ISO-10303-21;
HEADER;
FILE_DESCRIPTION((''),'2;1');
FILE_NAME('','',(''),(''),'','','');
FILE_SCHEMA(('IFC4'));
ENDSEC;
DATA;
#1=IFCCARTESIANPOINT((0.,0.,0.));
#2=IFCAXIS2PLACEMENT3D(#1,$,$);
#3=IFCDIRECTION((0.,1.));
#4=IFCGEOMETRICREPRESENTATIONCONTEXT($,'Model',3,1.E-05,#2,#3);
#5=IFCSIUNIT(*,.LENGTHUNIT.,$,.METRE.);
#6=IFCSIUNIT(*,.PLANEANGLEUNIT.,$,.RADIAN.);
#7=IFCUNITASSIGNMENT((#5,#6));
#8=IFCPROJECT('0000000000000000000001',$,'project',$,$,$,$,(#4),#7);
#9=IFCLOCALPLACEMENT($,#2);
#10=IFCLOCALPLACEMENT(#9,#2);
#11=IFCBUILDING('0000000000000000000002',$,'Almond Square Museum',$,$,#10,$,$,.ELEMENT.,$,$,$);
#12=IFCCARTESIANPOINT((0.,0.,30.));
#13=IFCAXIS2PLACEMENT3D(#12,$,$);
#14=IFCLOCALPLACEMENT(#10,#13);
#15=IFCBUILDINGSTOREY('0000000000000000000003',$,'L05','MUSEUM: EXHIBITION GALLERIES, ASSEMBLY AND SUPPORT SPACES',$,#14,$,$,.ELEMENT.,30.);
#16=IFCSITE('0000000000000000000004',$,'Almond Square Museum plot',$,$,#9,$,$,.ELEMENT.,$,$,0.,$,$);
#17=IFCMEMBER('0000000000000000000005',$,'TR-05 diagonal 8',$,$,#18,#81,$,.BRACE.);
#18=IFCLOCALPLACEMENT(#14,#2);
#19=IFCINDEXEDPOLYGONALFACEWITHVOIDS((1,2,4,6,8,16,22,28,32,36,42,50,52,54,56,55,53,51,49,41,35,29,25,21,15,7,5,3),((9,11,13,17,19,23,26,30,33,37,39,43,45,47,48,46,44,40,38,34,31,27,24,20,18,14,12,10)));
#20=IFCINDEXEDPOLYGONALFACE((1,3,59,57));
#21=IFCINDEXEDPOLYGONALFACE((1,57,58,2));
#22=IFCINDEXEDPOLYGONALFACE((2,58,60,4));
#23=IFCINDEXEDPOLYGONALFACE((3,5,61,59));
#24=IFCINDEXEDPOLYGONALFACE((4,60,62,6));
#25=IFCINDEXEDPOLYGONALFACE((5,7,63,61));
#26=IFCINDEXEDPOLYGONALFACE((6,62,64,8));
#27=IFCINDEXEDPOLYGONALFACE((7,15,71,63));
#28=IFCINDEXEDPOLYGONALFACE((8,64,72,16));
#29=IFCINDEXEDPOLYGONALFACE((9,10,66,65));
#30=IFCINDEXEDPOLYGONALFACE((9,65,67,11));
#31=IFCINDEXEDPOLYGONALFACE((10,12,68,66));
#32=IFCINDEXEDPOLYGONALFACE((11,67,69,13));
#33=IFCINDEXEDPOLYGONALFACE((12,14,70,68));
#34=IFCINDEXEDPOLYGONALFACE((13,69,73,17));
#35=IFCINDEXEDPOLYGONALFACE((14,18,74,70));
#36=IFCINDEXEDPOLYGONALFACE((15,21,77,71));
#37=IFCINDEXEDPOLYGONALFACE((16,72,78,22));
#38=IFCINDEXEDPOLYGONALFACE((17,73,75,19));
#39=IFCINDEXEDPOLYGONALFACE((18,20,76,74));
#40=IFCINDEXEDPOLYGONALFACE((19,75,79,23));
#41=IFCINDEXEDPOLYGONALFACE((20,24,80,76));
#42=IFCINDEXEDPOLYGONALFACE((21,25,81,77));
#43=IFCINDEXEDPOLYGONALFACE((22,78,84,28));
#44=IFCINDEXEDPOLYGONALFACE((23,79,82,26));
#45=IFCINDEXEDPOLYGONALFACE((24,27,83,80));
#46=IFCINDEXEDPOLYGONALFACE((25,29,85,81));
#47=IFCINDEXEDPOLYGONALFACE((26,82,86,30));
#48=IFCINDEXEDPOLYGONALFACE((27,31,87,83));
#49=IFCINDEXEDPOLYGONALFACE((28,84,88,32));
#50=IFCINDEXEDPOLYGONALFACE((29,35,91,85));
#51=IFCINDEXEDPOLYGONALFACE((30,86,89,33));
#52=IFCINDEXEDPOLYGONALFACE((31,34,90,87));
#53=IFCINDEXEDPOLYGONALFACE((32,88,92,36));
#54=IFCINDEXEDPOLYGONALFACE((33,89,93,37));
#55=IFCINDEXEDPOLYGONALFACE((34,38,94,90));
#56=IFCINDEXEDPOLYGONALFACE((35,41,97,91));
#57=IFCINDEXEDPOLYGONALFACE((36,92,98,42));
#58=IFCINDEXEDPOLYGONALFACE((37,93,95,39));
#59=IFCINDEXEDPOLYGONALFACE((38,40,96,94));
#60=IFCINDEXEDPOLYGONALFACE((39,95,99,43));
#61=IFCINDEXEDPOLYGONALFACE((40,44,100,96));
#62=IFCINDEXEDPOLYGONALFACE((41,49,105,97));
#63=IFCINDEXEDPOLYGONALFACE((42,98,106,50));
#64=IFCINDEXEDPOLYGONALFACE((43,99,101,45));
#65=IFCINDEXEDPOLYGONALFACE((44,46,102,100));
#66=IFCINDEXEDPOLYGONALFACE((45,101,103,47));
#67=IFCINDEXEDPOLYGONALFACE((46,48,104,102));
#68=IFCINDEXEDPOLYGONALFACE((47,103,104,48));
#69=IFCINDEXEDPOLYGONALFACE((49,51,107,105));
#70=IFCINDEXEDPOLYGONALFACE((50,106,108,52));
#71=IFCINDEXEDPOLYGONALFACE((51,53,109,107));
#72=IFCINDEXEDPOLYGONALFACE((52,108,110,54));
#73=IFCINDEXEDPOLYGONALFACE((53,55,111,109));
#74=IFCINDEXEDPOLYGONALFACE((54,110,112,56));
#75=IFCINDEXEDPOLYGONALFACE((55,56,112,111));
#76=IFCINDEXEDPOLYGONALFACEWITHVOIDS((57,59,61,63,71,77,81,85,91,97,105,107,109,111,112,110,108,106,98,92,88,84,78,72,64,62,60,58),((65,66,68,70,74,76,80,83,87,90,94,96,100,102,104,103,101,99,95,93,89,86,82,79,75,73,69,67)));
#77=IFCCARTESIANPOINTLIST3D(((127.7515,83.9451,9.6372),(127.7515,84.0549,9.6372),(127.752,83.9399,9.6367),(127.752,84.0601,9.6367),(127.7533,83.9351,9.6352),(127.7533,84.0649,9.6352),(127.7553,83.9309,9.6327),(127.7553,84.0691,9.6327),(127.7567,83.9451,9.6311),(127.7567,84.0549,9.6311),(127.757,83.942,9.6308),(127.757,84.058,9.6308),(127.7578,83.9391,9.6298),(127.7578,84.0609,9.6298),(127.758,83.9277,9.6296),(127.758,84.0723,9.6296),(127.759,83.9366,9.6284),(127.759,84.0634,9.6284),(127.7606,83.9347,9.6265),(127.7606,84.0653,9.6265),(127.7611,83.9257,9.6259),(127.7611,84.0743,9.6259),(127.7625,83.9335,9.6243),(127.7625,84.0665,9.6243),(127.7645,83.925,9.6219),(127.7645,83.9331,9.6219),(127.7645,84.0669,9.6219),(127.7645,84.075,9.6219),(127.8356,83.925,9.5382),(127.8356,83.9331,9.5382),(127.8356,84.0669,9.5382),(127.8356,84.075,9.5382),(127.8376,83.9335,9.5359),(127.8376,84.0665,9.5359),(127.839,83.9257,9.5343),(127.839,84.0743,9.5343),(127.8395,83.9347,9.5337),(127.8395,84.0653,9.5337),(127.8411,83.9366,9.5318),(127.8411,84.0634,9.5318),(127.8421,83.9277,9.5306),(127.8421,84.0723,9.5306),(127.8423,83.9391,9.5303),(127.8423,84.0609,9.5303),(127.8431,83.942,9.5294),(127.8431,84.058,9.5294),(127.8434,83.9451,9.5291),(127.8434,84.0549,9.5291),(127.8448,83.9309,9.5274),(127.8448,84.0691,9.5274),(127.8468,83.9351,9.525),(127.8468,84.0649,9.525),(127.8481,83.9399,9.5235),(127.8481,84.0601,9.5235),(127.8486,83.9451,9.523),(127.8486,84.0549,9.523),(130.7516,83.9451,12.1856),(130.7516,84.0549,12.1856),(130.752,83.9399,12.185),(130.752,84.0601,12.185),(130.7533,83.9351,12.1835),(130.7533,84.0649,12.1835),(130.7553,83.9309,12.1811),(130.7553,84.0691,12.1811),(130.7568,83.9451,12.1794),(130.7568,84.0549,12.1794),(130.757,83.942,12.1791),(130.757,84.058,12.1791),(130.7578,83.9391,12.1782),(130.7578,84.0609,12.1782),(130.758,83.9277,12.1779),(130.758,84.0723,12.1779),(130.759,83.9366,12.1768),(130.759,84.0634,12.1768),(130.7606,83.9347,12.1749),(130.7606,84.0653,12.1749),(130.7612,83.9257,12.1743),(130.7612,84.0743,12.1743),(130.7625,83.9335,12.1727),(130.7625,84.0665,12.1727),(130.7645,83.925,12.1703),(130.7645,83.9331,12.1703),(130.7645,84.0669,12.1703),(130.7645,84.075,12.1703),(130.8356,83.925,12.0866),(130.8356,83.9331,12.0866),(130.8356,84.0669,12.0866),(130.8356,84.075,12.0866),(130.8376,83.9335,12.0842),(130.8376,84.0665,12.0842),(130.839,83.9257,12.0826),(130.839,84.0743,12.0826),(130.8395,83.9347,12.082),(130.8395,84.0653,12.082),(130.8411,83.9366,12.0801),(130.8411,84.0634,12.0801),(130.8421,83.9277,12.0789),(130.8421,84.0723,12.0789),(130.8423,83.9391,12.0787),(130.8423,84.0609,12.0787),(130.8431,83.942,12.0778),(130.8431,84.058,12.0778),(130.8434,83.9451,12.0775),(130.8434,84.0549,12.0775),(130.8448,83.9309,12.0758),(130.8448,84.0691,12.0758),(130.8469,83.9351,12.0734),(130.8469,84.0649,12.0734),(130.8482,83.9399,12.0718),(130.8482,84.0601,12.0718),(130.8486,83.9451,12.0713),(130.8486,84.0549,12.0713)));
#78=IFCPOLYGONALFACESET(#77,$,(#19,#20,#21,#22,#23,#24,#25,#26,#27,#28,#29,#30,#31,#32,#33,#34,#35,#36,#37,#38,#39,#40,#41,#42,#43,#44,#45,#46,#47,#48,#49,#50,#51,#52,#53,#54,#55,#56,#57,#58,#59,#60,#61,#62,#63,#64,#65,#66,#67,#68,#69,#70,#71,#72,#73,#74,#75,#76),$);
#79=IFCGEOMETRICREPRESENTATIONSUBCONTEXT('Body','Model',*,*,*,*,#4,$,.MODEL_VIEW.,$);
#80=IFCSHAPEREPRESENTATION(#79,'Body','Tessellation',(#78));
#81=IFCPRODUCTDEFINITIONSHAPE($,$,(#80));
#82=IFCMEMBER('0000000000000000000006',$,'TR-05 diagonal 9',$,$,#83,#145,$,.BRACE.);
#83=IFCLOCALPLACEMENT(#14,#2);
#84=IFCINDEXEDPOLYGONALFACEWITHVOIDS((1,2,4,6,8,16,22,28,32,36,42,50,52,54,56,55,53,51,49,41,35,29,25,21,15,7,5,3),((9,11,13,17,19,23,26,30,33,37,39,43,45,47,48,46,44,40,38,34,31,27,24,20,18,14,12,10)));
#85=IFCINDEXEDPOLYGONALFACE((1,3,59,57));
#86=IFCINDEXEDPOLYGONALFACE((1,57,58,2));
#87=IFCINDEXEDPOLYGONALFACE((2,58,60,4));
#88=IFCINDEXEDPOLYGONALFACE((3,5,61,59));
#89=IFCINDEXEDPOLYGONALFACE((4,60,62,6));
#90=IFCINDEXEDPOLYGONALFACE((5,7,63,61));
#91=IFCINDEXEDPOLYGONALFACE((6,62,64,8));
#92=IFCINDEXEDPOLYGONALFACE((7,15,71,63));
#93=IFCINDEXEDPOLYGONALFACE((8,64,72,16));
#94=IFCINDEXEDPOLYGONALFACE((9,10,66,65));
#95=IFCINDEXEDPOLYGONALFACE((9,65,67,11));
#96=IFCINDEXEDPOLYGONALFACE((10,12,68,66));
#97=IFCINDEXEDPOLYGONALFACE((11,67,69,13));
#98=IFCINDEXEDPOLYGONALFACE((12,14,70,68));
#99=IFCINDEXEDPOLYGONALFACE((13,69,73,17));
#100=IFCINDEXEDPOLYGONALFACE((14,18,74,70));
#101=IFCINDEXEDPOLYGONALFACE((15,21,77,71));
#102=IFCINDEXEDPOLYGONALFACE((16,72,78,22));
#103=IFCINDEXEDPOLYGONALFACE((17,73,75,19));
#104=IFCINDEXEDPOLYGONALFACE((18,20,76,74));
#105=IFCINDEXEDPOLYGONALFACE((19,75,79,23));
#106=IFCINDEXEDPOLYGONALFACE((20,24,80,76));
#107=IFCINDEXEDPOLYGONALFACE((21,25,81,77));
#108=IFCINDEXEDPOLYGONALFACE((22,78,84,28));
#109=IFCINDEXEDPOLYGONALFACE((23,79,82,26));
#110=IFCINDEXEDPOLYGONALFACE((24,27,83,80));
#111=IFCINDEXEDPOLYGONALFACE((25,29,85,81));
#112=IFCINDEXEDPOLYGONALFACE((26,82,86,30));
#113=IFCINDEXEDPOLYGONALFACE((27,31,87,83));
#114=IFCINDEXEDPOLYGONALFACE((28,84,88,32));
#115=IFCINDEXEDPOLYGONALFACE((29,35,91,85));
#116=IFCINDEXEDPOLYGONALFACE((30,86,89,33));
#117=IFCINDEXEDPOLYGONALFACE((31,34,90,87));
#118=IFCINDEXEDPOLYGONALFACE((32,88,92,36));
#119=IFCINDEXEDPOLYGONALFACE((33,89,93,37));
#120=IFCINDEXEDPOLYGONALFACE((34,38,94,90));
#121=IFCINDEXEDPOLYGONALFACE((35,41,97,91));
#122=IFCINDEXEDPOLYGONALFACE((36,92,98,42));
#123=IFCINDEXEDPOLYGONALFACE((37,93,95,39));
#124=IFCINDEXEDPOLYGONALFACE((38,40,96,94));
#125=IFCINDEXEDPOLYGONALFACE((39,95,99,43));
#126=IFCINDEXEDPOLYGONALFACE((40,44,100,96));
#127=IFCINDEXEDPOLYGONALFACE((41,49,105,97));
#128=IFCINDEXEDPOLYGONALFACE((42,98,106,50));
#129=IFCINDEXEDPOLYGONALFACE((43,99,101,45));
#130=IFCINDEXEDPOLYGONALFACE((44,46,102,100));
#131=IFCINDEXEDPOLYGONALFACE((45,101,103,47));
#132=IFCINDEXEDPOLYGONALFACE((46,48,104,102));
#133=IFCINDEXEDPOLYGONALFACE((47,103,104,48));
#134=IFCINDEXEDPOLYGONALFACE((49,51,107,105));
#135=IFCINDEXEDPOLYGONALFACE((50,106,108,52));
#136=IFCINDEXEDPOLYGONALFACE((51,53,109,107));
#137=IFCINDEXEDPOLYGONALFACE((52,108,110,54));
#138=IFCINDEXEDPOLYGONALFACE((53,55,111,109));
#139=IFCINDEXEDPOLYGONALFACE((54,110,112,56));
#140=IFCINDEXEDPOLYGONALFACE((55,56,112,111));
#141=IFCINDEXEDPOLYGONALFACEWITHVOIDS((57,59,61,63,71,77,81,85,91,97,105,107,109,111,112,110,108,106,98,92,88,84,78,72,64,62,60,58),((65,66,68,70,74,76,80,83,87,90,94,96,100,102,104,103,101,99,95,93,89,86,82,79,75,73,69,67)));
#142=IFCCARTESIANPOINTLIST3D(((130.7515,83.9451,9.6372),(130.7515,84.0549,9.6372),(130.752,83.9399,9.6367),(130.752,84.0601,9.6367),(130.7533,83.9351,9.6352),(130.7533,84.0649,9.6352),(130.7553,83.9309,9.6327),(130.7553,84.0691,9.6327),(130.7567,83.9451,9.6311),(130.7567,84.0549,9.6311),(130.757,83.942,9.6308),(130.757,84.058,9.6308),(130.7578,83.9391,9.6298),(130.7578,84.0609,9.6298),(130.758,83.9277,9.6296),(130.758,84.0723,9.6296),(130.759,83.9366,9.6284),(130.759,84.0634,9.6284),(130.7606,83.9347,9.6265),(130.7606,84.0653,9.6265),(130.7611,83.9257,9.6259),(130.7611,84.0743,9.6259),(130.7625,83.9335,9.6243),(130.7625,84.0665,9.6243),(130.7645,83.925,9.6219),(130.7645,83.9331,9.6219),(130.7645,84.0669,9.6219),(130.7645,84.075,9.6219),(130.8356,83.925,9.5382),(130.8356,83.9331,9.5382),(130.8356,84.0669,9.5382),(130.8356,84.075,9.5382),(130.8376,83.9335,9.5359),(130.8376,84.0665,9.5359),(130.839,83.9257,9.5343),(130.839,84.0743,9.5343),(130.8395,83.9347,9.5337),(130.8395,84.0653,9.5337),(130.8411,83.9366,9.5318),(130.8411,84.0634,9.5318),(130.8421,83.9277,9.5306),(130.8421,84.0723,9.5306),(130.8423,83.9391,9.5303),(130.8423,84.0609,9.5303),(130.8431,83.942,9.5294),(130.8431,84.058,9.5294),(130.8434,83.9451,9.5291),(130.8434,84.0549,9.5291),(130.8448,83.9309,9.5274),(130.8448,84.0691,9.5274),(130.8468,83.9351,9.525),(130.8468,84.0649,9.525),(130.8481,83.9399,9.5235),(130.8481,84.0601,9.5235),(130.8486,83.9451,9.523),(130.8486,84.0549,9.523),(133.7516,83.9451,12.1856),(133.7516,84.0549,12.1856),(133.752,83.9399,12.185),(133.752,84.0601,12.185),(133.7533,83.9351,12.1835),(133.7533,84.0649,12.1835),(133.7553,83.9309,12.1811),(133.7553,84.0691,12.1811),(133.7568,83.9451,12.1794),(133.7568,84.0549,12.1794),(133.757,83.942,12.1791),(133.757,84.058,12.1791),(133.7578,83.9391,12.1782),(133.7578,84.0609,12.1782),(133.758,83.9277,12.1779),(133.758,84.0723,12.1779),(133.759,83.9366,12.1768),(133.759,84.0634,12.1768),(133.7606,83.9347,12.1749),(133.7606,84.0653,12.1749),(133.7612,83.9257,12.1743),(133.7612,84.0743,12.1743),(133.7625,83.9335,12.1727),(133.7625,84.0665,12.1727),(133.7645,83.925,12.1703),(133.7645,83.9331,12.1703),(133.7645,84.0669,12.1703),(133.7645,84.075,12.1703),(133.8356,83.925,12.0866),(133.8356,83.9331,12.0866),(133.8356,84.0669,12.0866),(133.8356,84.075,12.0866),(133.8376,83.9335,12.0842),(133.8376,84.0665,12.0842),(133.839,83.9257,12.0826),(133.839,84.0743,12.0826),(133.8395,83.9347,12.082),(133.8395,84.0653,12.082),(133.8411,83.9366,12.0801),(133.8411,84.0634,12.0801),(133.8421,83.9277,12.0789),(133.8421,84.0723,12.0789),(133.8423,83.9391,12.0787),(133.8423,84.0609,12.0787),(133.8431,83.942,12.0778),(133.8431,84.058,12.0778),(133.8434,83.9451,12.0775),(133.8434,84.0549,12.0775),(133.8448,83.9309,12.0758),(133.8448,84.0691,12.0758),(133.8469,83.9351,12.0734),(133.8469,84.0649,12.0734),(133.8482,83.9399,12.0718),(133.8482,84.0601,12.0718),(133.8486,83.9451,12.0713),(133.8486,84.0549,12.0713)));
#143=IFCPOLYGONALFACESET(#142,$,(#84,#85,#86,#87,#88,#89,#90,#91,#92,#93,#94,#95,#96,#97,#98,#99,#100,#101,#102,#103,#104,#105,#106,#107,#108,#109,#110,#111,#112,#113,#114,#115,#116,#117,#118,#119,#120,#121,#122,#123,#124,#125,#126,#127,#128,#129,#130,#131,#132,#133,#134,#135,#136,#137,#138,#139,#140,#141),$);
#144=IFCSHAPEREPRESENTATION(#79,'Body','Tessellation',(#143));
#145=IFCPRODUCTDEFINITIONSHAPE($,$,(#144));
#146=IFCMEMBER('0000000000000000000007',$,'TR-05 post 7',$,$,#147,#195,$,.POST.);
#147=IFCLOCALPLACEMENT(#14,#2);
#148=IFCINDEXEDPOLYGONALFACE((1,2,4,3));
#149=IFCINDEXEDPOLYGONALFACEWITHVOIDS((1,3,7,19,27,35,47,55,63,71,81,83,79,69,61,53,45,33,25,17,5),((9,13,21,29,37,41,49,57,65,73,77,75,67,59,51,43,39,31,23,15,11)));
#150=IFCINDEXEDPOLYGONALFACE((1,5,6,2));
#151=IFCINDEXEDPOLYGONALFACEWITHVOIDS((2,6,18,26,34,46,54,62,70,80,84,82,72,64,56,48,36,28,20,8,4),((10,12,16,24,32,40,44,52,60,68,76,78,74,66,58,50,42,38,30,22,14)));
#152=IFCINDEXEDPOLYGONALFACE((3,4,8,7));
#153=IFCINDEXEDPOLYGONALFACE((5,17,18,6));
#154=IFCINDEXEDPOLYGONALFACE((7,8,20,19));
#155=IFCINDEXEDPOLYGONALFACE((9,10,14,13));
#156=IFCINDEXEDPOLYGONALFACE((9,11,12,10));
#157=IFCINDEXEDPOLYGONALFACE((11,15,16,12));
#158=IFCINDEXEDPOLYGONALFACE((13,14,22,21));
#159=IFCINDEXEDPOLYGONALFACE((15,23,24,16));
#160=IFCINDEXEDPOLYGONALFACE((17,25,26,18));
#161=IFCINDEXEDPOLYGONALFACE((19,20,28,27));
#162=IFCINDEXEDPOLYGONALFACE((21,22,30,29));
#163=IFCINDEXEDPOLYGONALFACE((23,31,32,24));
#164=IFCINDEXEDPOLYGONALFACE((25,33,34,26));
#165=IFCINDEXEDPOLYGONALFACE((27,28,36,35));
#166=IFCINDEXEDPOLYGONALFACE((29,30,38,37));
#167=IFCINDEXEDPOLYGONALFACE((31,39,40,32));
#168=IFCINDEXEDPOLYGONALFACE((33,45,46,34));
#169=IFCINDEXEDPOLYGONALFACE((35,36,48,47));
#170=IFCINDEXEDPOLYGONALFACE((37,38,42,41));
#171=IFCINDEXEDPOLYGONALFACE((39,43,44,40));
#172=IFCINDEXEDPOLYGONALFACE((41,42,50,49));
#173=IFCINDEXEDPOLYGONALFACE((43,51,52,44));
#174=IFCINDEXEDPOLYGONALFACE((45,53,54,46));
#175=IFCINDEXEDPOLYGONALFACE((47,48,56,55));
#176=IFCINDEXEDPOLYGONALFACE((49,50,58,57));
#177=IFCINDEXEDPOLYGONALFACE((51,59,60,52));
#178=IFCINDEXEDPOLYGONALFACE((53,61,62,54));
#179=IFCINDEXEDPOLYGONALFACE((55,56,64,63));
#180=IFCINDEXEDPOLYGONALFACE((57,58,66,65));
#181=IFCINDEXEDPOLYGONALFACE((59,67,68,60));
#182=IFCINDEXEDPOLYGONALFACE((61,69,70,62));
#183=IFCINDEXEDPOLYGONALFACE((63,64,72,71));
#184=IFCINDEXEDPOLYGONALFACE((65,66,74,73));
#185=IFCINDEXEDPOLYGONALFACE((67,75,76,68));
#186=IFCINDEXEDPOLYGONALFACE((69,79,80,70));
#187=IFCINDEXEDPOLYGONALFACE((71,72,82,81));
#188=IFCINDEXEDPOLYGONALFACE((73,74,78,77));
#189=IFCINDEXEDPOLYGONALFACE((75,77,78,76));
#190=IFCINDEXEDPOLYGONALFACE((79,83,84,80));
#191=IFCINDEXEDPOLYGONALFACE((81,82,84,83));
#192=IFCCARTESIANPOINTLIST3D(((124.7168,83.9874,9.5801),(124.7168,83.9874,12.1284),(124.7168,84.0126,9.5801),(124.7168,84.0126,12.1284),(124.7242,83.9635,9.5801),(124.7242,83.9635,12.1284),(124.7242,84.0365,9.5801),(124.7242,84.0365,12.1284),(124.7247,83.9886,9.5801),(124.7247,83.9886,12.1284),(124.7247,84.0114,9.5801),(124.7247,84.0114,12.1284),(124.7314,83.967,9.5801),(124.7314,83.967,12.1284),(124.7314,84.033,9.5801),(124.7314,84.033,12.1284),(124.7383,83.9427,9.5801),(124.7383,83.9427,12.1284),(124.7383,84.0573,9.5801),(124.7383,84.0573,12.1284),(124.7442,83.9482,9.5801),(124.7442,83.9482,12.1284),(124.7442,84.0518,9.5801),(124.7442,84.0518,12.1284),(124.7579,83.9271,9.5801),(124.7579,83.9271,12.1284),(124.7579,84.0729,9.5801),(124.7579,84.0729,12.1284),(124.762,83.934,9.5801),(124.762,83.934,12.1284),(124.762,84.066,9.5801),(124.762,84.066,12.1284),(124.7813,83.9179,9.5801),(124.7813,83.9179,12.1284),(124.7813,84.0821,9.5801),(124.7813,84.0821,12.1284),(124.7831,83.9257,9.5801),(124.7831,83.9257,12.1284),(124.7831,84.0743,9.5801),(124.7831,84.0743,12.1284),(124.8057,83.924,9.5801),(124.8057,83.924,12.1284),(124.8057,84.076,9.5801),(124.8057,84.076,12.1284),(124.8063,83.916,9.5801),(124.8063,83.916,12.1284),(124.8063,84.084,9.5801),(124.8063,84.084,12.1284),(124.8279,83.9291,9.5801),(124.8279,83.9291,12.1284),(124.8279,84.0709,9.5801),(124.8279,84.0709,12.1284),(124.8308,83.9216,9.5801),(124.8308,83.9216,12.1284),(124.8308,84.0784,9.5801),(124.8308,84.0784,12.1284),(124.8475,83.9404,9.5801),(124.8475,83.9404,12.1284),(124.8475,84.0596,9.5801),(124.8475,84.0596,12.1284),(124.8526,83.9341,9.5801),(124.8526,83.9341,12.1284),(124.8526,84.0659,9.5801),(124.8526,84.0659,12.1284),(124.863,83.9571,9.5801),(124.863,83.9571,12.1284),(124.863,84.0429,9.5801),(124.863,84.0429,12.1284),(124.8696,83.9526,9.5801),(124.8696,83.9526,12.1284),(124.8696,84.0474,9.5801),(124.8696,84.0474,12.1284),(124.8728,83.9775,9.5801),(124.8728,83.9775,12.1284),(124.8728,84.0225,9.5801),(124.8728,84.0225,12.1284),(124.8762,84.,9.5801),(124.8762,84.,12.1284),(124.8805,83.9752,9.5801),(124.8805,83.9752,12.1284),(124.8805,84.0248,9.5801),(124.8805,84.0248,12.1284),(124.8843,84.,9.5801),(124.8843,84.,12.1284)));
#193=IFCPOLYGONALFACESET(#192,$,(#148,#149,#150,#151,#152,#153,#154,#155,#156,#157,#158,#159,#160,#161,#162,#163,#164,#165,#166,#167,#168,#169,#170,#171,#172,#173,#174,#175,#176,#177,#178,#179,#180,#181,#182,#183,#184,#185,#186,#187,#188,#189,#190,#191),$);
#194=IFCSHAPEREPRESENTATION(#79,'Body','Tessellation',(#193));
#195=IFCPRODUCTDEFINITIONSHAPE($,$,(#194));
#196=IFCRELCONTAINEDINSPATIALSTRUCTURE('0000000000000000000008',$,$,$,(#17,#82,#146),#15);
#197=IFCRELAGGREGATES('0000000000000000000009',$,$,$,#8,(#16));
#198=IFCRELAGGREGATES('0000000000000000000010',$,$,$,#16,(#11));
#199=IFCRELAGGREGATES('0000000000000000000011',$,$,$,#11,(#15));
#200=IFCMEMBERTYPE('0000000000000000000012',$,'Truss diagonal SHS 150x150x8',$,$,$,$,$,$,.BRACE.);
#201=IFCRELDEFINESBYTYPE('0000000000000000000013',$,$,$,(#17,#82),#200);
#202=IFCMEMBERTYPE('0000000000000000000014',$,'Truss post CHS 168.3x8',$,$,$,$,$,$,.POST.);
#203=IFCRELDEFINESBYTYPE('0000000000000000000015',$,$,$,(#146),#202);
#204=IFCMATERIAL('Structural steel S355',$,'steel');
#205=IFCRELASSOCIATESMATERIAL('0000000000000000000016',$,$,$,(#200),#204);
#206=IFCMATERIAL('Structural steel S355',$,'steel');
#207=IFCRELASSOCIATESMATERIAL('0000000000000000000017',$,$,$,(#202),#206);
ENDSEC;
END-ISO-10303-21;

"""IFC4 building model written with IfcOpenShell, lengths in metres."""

from ifc_helpers import new_model, si_unit, direction, frame, origin, origin_2d, place, context, subcontext, project, spatial, hollow_rectangle, hollow_circle, extrude, material, material_profile, profile_set, type_object, element, save


model = new_model("IFC4")

# Units and contexts
model_context = context("Model", 3, precision=1e-05, world=origin(), true_north=direction((0.0, 1.0)))
body_context = subcontext(model_context, "Body", "Model", "MODEL_VIEW")
ifc_project = project(units=[si_unit("LENGTHUNIT", "METRE"), si_unit("PLANEANGLEUNIT", "RADIAN")], contexts=[model_context])

# Site, building, storey
site_placement = place(None, origin())
site = spatial("IfcSite", under=ifc_project, at=site_placement, Name="Almond Square Museum plot", CompositionType="ELEMENT", RefElevation=0.0)
building_placement = place(site_placement, origin())
building = spatial("IfcBuilding", under=site, at=building_placement, Name="Almond Square Museum", CompositionType="ELEMENT")
storey_placement = place(building_placement, frame((0.0, 0.0, 30.0)))
storey = spatial("IfcBuildingStorey", under=building, at=storey_placement, Name="L05", Description="MUSEUM: EXHIBITION GALLERIES, ASSEMBLY AND SUPPORT SPACES", CompositionType="ELEMENT", Elevation=30.0)

# Members
ifc_material_1 = material(Name="Structural steel S355", Category="steel")
ifc_material_profile_1 = material_profile(ifc_material_1, hollow_rectangle(XDim=0.1499, YDim=0.1499, WallThickness=0.0081, InnerFilletRadius=0.012, OuterFilletRadius=0.02, at=origin_2d()))
ifc_profile_set_1 = profile_set([ifc_material_profile_1], Name="Structural steel S355")
member_type_1 = type_object("IfcMemberType", Name="Truss diagonal SHS 150x150x8", PredefinedType="BRACE", material=ifc_profile_set_1)
for number, where, z_axis, x_axis, name in (
    (1, (127.8, 84.0, 9.5801), (0.762147, 0.0, 0.647404), (0.0, 1.0, 0.0), "TR-05 diagonal 8"),
    (2, (130.8, 84.0, 9.5801), (0.762147, 0.0, 0.647404), (0.0, 1.0, 0.0), "TR-05 diagonal 9"),
):
    element("IfcMember", number, at=place(storey_placement, frame(where, z_axis=z_axis, x_axis=x_axis)), inside=storey, type_object=member_type_1, Name=name, PredefinedType="BRACE", context=body_context, shape_type="SweptSolid", body=[
        extrude(hollow_rectangle(XDim=0.1499, YDim=0.1499, WallThickness=0.0081, InnerFilletRadius=0.012, OuterFilletRadius=0.02, at=origin_2d()), origin(), (0.0, 0.0, 1.0), 3.9363),
    ])
ifc_material_2 = material(Name="Structural steel S355", Category="steel")
ifc_material_profile_2 = material_profile(ifc_material_2, hollow_circle(Radius=0.0842, WallThickness=0.0081, at=origin_2d()))
ifc_profile_set_2 = profile_set([ifc_material_profile_2], Name="Structural steel S355")
member_type_2 = type_object("IfcMemberType", Name="Truss post CHS 168.3x8", PredefinedType="POST", material=ifc_profile_set_2)
for number, where, z_axis, x_axis, name in (
    (3, (124.8, 84.0, 9.5801), (0.0, 0.0, 1.0), (1.0, 0.0, 0.0), "TR-05 post 7"),
):
    element("IfcMember", number, at=place(storey_placement, frame(where, z_axis=z_axis, x_axis=x_axis)), inside=storey, type_object=member_type_2, Name=name, PredefinedType="POST", context=body_context, shape_type="SweptSolid", body=[
        extrude(hollow_circle(Radius=0.0842, WallThickness=0.0081, at=origin_2d()), origin(), (0.0, 0.0, 1.0), 2.5483),
    ])

save(model, "model.ifc")
